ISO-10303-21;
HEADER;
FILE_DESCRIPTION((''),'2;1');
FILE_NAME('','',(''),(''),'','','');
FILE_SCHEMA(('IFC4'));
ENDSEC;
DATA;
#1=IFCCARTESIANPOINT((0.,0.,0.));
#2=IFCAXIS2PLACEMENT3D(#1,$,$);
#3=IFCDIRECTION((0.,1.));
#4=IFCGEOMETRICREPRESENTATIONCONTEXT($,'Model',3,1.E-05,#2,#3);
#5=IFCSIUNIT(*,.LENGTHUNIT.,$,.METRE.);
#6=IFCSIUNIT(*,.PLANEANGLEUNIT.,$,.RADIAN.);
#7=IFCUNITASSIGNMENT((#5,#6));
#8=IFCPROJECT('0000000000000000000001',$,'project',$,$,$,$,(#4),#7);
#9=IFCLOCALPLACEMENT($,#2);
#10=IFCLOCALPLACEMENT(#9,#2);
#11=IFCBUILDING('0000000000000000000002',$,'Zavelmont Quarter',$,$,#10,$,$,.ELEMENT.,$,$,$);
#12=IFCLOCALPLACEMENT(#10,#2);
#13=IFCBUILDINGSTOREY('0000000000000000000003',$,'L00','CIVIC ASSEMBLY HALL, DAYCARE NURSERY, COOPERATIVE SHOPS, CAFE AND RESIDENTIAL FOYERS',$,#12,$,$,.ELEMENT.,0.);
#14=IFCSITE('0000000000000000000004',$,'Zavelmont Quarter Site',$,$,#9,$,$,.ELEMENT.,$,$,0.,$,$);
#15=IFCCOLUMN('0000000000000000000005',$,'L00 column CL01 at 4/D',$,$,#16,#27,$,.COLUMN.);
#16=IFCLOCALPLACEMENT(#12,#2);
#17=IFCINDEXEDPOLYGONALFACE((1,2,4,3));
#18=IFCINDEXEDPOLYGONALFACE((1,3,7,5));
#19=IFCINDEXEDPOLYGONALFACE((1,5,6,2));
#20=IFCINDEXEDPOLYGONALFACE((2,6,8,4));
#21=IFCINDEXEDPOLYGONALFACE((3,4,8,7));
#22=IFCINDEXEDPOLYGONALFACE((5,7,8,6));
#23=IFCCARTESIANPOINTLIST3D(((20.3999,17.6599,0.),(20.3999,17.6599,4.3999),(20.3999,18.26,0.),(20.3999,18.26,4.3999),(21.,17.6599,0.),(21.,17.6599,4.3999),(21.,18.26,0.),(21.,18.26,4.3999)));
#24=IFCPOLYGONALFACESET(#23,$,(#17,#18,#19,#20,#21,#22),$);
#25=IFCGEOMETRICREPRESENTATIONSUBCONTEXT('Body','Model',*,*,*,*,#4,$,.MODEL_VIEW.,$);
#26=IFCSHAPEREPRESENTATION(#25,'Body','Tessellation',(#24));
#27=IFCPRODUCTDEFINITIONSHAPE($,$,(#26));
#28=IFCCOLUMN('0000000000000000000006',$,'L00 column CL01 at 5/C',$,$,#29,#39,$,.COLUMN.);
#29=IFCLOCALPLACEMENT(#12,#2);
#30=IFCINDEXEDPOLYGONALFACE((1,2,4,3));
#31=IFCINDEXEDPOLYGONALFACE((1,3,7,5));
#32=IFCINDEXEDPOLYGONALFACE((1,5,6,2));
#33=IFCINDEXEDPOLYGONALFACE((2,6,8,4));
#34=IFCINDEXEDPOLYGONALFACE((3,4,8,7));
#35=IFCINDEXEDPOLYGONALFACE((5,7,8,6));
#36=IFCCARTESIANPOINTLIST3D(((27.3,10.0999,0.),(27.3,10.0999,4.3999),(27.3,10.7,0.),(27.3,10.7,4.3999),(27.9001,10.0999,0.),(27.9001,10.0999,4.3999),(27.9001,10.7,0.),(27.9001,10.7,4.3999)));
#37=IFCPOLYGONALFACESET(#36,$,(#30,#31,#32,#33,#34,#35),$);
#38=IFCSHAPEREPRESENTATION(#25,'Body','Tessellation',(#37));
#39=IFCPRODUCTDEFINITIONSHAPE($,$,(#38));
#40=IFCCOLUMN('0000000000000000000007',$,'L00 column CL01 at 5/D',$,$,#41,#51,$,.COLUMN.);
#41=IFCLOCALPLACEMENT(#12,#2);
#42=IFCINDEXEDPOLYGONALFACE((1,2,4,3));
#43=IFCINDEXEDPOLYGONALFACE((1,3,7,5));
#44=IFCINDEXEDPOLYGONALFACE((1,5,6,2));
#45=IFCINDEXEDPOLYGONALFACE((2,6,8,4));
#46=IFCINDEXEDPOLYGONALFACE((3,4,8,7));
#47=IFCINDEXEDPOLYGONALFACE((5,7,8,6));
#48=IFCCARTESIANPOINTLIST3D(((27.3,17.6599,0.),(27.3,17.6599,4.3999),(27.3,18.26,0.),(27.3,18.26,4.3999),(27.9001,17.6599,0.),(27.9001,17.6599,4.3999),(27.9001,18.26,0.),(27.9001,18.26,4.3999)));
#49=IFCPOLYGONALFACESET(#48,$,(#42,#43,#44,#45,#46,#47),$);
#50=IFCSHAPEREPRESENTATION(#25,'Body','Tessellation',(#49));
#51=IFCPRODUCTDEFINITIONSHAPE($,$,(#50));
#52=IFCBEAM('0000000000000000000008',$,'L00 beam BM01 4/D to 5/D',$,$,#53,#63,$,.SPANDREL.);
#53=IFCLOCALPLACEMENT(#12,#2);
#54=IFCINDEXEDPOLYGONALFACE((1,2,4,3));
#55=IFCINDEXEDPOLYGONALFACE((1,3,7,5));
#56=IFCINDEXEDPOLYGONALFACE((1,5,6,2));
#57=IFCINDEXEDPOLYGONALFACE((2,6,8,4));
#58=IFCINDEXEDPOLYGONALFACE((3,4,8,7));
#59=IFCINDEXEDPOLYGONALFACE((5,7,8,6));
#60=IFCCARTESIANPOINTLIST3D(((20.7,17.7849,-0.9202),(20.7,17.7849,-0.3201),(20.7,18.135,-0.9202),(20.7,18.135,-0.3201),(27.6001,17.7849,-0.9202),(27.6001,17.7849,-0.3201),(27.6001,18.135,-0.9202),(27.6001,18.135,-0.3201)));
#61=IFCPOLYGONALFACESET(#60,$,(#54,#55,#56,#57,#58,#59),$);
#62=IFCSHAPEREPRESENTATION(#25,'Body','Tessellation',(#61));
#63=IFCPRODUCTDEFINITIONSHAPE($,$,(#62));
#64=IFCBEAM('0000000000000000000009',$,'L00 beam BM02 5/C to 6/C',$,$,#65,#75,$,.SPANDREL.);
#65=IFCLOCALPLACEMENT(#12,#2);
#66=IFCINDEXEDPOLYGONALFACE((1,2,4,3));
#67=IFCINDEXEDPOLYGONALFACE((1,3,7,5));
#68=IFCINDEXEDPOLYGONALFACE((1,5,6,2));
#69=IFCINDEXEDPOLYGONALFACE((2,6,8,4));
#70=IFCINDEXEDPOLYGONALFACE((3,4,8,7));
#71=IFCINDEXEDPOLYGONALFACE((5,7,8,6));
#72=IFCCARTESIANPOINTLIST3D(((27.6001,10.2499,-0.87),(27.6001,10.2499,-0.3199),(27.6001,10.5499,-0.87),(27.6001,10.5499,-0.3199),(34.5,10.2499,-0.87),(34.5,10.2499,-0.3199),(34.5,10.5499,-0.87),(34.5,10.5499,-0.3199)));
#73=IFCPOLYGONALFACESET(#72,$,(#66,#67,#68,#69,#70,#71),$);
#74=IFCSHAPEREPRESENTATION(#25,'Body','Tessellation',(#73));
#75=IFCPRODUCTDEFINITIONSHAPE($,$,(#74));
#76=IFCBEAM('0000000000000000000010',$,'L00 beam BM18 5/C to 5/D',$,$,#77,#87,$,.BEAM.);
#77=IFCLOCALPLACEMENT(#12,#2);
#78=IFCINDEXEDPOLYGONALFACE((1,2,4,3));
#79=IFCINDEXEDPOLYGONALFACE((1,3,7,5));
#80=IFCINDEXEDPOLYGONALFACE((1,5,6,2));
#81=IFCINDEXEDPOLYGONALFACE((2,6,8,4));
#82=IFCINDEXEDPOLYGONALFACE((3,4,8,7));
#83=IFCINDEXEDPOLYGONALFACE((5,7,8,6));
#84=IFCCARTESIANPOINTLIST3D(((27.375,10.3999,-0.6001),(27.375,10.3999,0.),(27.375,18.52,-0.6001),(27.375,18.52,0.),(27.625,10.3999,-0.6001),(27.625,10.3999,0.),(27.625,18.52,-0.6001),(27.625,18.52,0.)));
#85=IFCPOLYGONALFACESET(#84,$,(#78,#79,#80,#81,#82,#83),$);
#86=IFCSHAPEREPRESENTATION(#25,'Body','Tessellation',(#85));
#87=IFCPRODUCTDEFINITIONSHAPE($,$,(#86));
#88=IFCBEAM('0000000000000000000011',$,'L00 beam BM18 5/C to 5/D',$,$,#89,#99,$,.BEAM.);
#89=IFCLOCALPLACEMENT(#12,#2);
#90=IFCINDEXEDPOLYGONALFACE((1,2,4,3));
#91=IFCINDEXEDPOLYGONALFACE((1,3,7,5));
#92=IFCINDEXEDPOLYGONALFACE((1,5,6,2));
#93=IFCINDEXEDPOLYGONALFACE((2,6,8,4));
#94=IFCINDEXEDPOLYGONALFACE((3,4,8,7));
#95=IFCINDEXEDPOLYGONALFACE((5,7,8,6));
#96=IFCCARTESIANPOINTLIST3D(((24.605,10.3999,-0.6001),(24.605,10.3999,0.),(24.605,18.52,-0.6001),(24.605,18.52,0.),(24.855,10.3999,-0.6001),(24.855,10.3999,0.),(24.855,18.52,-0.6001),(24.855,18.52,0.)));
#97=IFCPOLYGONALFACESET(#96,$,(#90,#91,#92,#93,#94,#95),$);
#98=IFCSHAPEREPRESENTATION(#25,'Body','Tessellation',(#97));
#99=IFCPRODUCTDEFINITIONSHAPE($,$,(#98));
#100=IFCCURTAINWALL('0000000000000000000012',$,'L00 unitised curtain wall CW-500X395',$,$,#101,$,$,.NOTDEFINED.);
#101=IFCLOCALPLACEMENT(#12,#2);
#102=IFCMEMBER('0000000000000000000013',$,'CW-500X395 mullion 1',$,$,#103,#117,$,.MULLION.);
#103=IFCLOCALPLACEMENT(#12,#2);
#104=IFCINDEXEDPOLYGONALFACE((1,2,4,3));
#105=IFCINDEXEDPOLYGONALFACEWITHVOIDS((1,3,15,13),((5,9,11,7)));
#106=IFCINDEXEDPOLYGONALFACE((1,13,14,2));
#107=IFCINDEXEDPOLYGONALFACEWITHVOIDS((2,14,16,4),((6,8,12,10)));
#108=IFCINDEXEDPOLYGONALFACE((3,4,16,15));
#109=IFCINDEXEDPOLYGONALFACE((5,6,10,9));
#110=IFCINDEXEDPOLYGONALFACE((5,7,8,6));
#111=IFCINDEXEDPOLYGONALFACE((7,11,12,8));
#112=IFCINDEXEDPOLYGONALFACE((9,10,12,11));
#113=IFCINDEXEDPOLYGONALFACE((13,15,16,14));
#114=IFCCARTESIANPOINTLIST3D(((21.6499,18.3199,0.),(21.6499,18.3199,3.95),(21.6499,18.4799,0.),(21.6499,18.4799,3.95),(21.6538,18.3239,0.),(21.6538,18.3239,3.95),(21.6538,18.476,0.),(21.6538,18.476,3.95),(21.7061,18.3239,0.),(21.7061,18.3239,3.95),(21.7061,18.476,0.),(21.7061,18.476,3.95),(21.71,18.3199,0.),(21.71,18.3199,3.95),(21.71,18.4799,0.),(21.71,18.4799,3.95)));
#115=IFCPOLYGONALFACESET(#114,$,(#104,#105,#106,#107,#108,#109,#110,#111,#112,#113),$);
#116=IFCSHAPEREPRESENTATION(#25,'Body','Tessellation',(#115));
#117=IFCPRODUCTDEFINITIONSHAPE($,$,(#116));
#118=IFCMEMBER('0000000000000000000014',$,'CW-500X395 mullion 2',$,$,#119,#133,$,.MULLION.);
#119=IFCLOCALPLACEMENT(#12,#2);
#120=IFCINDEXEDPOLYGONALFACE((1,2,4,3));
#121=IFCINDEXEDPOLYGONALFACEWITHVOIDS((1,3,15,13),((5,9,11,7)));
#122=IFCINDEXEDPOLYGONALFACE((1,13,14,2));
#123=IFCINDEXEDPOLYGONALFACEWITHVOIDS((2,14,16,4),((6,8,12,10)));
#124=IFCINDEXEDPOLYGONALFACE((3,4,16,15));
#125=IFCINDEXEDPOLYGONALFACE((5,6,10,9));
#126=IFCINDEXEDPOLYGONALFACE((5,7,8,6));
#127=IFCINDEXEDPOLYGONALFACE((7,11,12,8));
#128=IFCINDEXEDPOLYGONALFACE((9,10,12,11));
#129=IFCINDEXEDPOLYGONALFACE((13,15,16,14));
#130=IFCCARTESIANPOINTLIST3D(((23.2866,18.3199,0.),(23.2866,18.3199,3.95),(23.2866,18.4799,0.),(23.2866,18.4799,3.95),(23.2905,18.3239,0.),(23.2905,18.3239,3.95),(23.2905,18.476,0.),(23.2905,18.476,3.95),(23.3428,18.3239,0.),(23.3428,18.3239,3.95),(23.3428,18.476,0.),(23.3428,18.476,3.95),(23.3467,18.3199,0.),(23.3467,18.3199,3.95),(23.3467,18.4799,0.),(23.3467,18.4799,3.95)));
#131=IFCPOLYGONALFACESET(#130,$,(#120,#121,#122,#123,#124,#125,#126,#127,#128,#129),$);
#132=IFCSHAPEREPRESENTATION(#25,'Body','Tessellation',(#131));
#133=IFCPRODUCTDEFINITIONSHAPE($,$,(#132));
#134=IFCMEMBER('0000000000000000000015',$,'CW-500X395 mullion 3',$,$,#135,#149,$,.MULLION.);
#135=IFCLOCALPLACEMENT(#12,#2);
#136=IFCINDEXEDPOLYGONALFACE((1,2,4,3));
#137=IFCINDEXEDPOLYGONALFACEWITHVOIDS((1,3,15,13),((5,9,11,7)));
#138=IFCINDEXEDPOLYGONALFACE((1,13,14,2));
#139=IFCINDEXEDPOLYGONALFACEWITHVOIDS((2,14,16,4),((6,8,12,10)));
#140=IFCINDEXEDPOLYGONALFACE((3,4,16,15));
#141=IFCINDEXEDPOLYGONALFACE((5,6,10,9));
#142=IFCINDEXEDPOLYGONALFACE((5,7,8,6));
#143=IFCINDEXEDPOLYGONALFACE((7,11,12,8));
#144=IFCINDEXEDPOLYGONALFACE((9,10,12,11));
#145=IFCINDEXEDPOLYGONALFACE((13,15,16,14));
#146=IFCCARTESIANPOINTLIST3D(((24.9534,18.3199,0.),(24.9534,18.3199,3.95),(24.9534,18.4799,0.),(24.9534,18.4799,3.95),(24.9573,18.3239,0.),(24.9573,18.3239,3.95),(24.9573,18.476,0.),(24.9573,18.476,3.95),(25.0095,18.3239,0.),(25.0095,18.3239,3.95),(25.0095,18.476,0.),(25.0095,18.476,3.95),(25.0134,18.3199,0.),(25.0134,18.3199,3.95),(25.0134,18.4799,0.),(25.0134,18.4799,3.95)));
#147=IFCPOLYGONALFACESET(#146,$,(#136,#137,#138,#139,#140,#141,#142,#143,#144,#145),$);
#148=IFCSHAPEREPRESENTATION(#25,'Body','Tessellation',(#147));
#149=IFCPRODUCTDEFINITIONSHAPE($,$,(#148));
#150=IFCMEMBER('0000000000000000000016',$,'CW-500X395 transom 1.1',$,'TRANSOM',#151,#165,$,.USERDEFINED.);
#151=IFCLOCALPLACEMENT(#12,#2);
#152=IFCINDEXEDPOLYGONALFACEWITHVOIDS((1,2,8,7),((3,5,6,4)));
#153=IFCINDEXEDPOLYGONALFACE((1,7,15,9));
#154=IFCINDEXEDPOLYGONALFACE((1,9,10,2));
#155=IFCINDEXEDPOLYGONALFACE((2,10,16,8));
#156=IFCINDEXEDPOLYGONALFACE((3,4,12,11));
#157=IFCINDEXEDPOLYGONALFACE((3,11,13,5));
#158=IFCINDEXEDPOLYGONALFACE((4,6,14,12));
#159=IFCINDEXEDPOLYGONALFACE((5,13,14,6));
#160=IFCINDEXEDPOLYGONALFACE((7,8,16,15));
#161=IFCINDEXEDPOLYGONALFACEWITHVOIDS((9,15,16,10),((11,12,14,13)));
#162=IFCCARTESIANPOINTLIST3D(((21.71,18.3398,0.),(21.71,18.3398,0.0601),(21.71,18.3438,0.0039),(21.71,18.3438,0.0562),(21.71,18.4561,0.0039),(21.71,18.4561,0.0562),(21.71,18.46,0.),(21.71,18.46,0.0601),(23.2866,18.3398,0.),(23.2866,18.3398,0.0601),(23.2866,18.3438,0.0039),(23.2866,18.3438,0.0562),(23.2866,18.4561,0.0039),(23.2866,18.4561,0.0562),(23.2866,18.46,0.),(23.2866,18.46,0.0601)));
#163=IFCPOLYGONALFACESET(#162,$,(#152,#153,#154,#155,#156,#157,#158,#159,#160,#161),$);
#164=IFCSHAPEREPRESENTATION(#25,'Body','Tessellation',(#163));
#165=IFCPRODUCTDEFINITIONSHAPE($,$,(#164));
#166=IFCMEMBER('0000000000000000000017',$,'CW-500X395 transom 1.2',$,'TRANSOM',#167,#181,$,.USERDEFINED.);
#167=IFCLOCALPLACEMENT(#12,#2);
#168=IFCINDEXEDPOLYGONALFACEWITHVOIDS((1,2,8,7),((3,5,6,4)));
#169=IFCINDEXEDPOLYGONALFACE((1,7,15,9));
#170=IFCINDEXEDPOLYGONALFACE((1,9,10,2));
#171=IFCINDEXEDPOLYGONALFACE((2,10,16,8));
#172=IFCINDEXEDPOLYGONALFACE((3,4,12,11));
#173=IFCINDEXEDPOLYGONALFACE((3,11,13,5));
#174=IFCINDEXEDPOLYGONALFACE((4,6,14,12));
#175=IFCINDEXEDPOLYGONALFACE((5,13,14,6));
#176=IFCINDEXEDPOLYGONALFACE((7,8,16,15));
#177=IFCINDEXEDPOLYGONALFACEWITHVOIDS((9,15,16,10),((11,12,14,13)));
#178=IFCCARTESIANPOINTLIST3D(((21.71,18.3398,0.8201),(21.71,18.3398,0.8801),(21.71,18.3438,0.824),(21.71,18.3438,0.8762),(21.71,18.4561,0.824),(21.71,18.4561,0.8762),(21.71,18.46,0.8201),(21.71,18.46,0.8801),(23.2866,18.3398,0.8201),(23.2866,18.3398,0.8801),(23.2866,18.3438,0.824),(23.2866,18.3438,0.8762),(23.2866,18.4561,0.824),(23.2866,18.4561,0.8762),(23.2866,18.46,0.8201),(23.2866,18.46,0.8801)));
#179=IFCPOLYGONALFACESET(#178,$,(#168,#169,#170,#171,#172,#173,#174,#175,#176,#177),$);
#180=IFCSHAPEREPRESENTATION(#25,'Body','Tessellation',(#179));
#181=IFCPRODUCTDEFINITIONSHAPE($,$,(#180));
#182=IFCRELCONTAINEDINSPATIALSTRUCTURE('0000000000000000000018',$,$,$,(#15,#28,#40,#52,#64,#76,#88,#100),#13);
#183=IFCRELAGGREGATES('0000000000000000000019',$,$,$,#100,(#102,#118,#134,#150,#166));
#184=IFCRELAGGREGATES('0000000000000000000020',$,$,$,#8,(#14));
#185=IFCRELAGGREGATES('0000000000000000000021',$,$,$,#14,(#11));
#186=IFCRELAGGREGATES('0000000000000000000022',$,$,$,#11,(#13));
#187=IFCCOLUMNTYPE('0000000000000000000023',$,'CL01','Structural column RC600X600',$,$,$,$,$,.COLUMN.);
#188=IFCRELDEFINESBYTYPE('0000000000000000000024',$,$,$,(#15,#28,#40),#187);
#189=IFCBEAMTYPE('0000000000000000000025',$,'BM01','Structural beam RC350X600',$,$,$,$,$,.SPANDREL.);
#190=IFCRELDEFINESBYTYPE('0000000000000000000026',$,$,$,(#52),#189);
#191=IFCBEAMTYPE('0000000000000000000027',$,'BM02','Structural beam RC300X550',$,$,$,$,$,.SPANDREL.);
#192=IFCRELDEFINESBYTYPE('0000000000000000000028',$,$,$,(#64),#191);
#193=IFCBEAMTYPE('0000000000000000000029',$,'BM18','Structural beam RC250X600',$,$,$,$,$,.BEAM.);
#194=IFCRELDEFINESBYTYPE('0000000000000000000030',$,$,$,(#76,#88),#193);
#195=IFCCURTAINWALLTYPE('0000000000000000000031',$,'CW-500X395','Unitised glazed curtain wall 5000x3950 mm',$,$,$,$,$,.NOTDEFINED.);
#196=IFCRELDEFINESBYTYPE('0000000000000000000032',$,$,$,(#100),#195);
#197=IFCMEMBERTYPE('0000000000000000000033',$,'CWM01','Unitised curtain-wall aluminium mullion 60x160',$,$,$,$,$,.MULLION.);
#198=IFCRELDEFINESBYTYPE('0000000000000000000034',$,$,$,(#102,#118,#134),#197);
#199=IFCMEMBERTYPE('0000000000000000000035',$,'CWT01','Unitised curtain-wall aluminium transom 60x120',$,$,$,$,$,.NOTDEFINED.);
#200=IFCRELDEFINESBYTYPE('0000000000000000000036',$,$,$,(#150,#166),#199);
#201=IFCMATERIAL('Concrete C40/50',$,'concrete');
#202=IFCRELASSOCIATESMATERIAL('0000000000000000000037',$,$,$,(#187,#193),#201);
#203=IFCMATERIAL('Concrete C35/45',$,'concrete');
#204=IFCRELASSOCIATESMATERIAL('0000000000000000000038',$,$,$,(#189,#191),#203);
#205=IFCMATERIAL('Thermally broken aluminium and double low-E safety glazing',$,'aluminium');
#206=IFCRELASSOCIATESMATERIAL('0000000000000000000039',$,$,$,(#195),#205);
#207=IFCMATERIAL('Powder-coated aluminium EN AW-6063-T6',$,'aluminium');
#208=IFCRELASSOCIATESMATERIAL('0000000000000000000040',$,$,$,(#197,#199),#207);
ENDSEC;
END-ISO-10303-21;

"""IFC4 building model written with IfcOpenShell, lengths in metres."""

from ifc_helpers import new_model, si_unit, direction, frame, origin, origin_2d, place, context, subcontext, project, spatial, rectangle, hollow_rectangle, extrude, material, material_profile, profile_set, type_object, element, aggregate, save


model = new_model("IFC4")

# Units and contexts
model_context = context("Model", 3, precision=1e-05, world=origin(), true_north=direction((0.0, 1.0)))
body_context = subcontext(model_context, "Body", "Model", "MODEL_VIEW")
ifc_project = project(units=[si_unit("LENGTHUNIT", "METRE"), si_unit("PLANEANGLEUNIT", "RADIAN")], contexts=[model_context])

# Site, building, storey
site_placement = place(None, origin())
site = spatial("IfcSite", under=ifc_project, at=site_placement, Name="Zavelmont Quarter Site", CompositionType="ELEMENT", RefElevation=0.0)
building_placement = place(site_placement, origin())
building = spatial("IfcBuilding", under=site, at=building_placement, Name="Zavelmont Quarter", CompositionType="ELEMENT")
storey_placement = place(building_placement, origin())
storey = spatial("IfcBuildingStorey", under=building, at=storey_placement, Name="L00", Description="CIVIC ASSEMBLY HALL, DAYCARE NURSERY, COOPERATIVE SHOPS, CAFE AND RESIDENTIAL FOYERS", CompositionType="ELEMENT", Elevation=0.0)

# Columns
ifc_material_1 = material(Name="Concrete C40/50", Category="concrete")
ifc_material_profile_1 = material_profile(ifc_material_1, rectangle(XDim=0.6001, YDim=0.6001, at=origin_2d()), Name="RC600X600")
ifc_profile_set_1 = profile_set([ifc_material_profile_1], Name="Concrete C40/50")
column_type = type_object("IfcColumnType", Name="CL01", Description="Structural column RC600X600", PredefinedType="COLUMN", material=ifc_profile_set_1)
for number, where, z_axis, x_axis, name in (
    (1, (20.7, 17.96, 0.0), (0.0, 0.0, 1.0), (1.0, 0.0, 0.0), "L00 column CL01 at 4/D"),
    (2, (27.6001, 10.3999, 0.0), (0.0, 0.0, 1.0), (1.0, 0.0, 0.0), "L00 column CL01 at 5/C"),
    (3, (27.6001, 17.96, 0.0), (0.0, 0.0, 1.0), (1.0, 0.0, 0.0), "L00 column CL01 at 5/D"),
):
    element("IfcColumn", number, at=place(storey_placement, frame(where, z_axis=z_axis, x_axis=x_axis)), inside=storey, type_object=column_type, Name=name, PredefinedType="COLUMN", context=body_context, shape_type="SweptSolid", body=[
        extrude(rectangle(XDim=0.6001, YDim=0.6001, at=origin_2d()), origin(), (0.0, 0.0, 1.0), 4.3999),
    ])

# Beams
ifc_material_2 = material(Name="Concrete C35/45", Category="concrete")
ifc_material_profile_2 = material_profile(ifc_material_2, rectangle(XDim=0.3501, YDim=0.6001, at=origin_2d()), Name="RC350X600")
ifc_profile_set_2 = profile_set([ifc_material_profile_2], Name="Concrete C35/45")
beam_type_1 = type_object("IfcBeamType", Name="BM01", Description="Structural beam RC350X600", PredefinedType="SPANDREL", material=ifc_profile_set_2)
beam_1_placement = place(storey_placement, frame((20.7, 17.96, -0.6201), z_axis=(1.0, 0.0, 0.0), x_axis=(0.0, 1.0, 0.0)))
element("IfcBeam", 4, at=beam_1_placement, inside=storey, type_object=beam_type_1, Name="L00 beam BM01 4/D to 5/D", PredefinedType="SPANDREL", context=body_context, shape_type="SweptSolid", body=[
    extrude(rectangle(XDim=0.3501, YDim=0.6001, at=origin_2d()), origin(), (0.0, 0.0, 1.0), 6.9001),
])
ifc_material_profile_3 = material_profile(ifc_material_2, rectangle(XDim=0.3, YDim=0.55, at=origin_2d()), Name="RC300X550")
ifc_profile_set_3 = profile_set([ifc_material_profile_3], Name="Concrete C35/45")
beam_type_2 = type_object("IfcBeamType", Name="BM02", Description="Structural beam RC300X550", PredefinedType="SPANDREL", material=ifc_profile_set_3)
beam_2_placement = place(storey_placement, frame((27.6001, 10.3999, -0.595), z_axis=(1.0, 0.0, 0.0), x_axis=(0.0, 1.0, 0.0)))
element("IfcBeam", 5, at=beam_2_placement, inside=storey, type_object=beam_type_2, Name="L00 beam BM02 5/C to 6/C", PredefinedType="SPANDREL", context=body_context, shape_type="SweptSolid", body=[
    extrude(rectangle(XDim=0.3, YDim=0.55, at=origin_2d()), origin(), (0.0, 0.0, 1.0), 6.8999),
])
ifc_material_profile_4 = material_profile(ifc_material_1, rectangle(XDim=0.25, YDim=0.6001, at=origin_2d()), Name="RC250X600")
ifc_profile_set_4 = profile_set([ifc_material_profile_4], Name="Concrete C40/50")
beam_type_3 = type_object("IfcBeamType", Name="BM18", Description="Structural beam RC250X600", PredefinedType="BEAM", material=ifc_profile_set_4)
for number, where, z_axis, x_axis, name in (
    (6, (27.5, 10.3999, -0.3), (0.0, 1.0, 0.0), (-1.0, 0.0, 0.0), "L00 beam BM18 5/C to 5/D"),
    (7, (24.73, 10.3999, -0.3), (0.0, 1.0, 0.0), (-1.0, 0.0, 0.0), "L00 beam BM18 5/C to 5/D"),
):
    element("IfcBeam", number, at=place(storey_placement, frame(where, z_axis=z_axis, x_axis=x_axis)), inside=storey, type_object=beam_type_3, Name=name, PredefinedType="BEAM", context=body_context, shape_type="SweptSolid", body=[
        extrude(rectangle(XDim=0.25, YDim=0.6001, at=origin_2d()), origin(), (0.0, 0.0, 1.0), 8.1201),
    ])

# Curtain wall, members
ifc_material_3 = material(Name="Thermally broken aluminium and double low-E safety glazing", Category="aluminium")
curtain_wall_type = type_object("IfcCurtainWallType", Name="CW-500X395", Description="Unitised glazed curtain wall 5000x3950 mm", PredefinedType="NOTDEFINED", material=ifc_material_3)
curtain_wall_placement = place(storey_placement, origin())
curtain_wall = element("IfcCurtainWall", 8, at=curtain_wall_placement, inside=storey, type_object=curtain_wall_type, Name="L00 unitised curtain wall CW-500X395", PredefinedType="NOTDEFINED")
ifc_material_4 = material(Name="Powder-coated aluminium EN AW-6063-T6", Category="aluminium")
ifc_material_profile_5 = material_profile(ifc_material_4, hollow_rectangle(XDim=0.0601, YDim=0.1599, WallThickness=0.0039, at=origin_2d()), Name="CWM60X160")
ifc_profile_set_5 = profile_set([ifc_material_profile_5], Name="Powder-coated aluminium EN AW-6063-T6")
member_type_1 = type_object("IfcMemberType", Name="CWM01", Description="Unitised curtain-wall aluminium mullion 60x160", PredefinedType="MULLION", material=ifc_profile_set_5)
member_1_placement = place(storey_placement, frame((21.6799, 18.3999, 0.0), z_axis=(0.0, 0.0, 1.0), x_axis=(1.0, 0.0, 0.0)))
member_1 = element("IfcMember", 9, at=member_1_placement, type_object=member_type_1, Name="CW-500X395 mullion 1", PredefinedType="MULLION", context=body_context, shape_type="SweptSolid", body=[
    extrude(hollow_rectangle(XDim=0.0601, YDim=0.1599, WallThickness=0.0039, at=origin_2d()), origin(), (0.0, 0.0, 1.0), 3.95),
])
member_2_placement = place(storey_placement, frame((23.3167, 18.3999, 0.0), z_axis=(0.0, 0.0, 1.0), x_axis=(1.0, 0.0, 0.0)))
member_2 = element("IfcMember", 10, at=member_2_placement, type_object=member_type_1, Name="CW-500X395 mullion 2", PredefinedType="MULLION", context=body_context, shape_type="SweptSolid", body=[
    extrude(hollow_rectangle(XDim=0.0601, YDim=0.1599, WallThickness=0.0039, at=origin_2d()), origin(), (0.0, 0.0, 1.0), 3.95),
])
member_3_placement = place(storey_placement, frame((24.9834, 18.3999, 0.0), z_axis=(0.0, 0.0, 1.0), x_axis=(1.0, 0.0, 0.0)))
member_3 = element("IfcMember", 11, at=member_3_placement, type_object=member_type_1, Name="CW-500X395 mullion 3", PredefinedType="MULLION", context=body_context, shape_type="SweptSolid", body=[
    extrude(hollow_rectangle(XDim=0.0601, YDim=0.1599, WallThickness=0.0039, at=origin_2d()), origin(), (0.0, 0.0, 1.0), 3.95),
])
ifc_material_profile_6 = material_profile(ifc_material_4, hollow_rectangle(XDim=0.1201, YDim=0.0601, WallThickness=0.0039, at=origin_2d()), Name="CWT60X120")
ifc_profile_set_6 = profile_set([ifc_material_profile_6], Name="Powder-coated aluminium EN AW-6063-T6")
member_type_2 = type_object("IfcMemberType", Name="CWT01", Description="Unitised curtain-wall aluminium transom 60x120", PredefinedType="NOTDEFINED", material=ifc_profile_set_6)
member_4_placement = place(storey_placement, frame((21.71, 18.3999, 0.03), z_axis=(1.0, 0.0, 0.0), x_axis=(0.0, 1.0, 0.0)))
member_4 = element("IfcMember", 12, at=member_4_placement, type_object=member_type_2, Name="CW-500X395 transom 1.1", ObjectType="TRANSOM", PredefinedType="USERDEFINED", context=body_context, shape_type="SweptSolid", body=[
    extrude(hollow_rectangle(XDim=0.1201, YDim=0.0601, WallThickness=0.0039, at=origin_2d()), origin(), (0.0, 0.0, 1.0), 1.5767),
])
member_5_placement = place(storey_placement, frame((21.71, 18.3999, 0.8501), z_axis=(1.0, 0.0, 0.0), x_axis=(0.0, 1.0, 0.0)))
member_5 = element("IfcMember", 13, at=member_5_placement, type_object=member_type_2, Name="CW-500X395 transom 1.2", ObjectType="TRANSOM", PredefinedType="USERDEFINED", context=body_context, shape_type="SweptSolid", body=[
    extrude(hollow_rectangle(XDim=0.1201, YDim=0.0601, WallThickness=0.0039, at=origin_2d()), origin(), (0.0, 0.0, 1.0), 1.5767),
])
aggregate(curtain_wall, [member_1, member_2, member_3, member_4, member_5])

save(model, "model.ifc")
